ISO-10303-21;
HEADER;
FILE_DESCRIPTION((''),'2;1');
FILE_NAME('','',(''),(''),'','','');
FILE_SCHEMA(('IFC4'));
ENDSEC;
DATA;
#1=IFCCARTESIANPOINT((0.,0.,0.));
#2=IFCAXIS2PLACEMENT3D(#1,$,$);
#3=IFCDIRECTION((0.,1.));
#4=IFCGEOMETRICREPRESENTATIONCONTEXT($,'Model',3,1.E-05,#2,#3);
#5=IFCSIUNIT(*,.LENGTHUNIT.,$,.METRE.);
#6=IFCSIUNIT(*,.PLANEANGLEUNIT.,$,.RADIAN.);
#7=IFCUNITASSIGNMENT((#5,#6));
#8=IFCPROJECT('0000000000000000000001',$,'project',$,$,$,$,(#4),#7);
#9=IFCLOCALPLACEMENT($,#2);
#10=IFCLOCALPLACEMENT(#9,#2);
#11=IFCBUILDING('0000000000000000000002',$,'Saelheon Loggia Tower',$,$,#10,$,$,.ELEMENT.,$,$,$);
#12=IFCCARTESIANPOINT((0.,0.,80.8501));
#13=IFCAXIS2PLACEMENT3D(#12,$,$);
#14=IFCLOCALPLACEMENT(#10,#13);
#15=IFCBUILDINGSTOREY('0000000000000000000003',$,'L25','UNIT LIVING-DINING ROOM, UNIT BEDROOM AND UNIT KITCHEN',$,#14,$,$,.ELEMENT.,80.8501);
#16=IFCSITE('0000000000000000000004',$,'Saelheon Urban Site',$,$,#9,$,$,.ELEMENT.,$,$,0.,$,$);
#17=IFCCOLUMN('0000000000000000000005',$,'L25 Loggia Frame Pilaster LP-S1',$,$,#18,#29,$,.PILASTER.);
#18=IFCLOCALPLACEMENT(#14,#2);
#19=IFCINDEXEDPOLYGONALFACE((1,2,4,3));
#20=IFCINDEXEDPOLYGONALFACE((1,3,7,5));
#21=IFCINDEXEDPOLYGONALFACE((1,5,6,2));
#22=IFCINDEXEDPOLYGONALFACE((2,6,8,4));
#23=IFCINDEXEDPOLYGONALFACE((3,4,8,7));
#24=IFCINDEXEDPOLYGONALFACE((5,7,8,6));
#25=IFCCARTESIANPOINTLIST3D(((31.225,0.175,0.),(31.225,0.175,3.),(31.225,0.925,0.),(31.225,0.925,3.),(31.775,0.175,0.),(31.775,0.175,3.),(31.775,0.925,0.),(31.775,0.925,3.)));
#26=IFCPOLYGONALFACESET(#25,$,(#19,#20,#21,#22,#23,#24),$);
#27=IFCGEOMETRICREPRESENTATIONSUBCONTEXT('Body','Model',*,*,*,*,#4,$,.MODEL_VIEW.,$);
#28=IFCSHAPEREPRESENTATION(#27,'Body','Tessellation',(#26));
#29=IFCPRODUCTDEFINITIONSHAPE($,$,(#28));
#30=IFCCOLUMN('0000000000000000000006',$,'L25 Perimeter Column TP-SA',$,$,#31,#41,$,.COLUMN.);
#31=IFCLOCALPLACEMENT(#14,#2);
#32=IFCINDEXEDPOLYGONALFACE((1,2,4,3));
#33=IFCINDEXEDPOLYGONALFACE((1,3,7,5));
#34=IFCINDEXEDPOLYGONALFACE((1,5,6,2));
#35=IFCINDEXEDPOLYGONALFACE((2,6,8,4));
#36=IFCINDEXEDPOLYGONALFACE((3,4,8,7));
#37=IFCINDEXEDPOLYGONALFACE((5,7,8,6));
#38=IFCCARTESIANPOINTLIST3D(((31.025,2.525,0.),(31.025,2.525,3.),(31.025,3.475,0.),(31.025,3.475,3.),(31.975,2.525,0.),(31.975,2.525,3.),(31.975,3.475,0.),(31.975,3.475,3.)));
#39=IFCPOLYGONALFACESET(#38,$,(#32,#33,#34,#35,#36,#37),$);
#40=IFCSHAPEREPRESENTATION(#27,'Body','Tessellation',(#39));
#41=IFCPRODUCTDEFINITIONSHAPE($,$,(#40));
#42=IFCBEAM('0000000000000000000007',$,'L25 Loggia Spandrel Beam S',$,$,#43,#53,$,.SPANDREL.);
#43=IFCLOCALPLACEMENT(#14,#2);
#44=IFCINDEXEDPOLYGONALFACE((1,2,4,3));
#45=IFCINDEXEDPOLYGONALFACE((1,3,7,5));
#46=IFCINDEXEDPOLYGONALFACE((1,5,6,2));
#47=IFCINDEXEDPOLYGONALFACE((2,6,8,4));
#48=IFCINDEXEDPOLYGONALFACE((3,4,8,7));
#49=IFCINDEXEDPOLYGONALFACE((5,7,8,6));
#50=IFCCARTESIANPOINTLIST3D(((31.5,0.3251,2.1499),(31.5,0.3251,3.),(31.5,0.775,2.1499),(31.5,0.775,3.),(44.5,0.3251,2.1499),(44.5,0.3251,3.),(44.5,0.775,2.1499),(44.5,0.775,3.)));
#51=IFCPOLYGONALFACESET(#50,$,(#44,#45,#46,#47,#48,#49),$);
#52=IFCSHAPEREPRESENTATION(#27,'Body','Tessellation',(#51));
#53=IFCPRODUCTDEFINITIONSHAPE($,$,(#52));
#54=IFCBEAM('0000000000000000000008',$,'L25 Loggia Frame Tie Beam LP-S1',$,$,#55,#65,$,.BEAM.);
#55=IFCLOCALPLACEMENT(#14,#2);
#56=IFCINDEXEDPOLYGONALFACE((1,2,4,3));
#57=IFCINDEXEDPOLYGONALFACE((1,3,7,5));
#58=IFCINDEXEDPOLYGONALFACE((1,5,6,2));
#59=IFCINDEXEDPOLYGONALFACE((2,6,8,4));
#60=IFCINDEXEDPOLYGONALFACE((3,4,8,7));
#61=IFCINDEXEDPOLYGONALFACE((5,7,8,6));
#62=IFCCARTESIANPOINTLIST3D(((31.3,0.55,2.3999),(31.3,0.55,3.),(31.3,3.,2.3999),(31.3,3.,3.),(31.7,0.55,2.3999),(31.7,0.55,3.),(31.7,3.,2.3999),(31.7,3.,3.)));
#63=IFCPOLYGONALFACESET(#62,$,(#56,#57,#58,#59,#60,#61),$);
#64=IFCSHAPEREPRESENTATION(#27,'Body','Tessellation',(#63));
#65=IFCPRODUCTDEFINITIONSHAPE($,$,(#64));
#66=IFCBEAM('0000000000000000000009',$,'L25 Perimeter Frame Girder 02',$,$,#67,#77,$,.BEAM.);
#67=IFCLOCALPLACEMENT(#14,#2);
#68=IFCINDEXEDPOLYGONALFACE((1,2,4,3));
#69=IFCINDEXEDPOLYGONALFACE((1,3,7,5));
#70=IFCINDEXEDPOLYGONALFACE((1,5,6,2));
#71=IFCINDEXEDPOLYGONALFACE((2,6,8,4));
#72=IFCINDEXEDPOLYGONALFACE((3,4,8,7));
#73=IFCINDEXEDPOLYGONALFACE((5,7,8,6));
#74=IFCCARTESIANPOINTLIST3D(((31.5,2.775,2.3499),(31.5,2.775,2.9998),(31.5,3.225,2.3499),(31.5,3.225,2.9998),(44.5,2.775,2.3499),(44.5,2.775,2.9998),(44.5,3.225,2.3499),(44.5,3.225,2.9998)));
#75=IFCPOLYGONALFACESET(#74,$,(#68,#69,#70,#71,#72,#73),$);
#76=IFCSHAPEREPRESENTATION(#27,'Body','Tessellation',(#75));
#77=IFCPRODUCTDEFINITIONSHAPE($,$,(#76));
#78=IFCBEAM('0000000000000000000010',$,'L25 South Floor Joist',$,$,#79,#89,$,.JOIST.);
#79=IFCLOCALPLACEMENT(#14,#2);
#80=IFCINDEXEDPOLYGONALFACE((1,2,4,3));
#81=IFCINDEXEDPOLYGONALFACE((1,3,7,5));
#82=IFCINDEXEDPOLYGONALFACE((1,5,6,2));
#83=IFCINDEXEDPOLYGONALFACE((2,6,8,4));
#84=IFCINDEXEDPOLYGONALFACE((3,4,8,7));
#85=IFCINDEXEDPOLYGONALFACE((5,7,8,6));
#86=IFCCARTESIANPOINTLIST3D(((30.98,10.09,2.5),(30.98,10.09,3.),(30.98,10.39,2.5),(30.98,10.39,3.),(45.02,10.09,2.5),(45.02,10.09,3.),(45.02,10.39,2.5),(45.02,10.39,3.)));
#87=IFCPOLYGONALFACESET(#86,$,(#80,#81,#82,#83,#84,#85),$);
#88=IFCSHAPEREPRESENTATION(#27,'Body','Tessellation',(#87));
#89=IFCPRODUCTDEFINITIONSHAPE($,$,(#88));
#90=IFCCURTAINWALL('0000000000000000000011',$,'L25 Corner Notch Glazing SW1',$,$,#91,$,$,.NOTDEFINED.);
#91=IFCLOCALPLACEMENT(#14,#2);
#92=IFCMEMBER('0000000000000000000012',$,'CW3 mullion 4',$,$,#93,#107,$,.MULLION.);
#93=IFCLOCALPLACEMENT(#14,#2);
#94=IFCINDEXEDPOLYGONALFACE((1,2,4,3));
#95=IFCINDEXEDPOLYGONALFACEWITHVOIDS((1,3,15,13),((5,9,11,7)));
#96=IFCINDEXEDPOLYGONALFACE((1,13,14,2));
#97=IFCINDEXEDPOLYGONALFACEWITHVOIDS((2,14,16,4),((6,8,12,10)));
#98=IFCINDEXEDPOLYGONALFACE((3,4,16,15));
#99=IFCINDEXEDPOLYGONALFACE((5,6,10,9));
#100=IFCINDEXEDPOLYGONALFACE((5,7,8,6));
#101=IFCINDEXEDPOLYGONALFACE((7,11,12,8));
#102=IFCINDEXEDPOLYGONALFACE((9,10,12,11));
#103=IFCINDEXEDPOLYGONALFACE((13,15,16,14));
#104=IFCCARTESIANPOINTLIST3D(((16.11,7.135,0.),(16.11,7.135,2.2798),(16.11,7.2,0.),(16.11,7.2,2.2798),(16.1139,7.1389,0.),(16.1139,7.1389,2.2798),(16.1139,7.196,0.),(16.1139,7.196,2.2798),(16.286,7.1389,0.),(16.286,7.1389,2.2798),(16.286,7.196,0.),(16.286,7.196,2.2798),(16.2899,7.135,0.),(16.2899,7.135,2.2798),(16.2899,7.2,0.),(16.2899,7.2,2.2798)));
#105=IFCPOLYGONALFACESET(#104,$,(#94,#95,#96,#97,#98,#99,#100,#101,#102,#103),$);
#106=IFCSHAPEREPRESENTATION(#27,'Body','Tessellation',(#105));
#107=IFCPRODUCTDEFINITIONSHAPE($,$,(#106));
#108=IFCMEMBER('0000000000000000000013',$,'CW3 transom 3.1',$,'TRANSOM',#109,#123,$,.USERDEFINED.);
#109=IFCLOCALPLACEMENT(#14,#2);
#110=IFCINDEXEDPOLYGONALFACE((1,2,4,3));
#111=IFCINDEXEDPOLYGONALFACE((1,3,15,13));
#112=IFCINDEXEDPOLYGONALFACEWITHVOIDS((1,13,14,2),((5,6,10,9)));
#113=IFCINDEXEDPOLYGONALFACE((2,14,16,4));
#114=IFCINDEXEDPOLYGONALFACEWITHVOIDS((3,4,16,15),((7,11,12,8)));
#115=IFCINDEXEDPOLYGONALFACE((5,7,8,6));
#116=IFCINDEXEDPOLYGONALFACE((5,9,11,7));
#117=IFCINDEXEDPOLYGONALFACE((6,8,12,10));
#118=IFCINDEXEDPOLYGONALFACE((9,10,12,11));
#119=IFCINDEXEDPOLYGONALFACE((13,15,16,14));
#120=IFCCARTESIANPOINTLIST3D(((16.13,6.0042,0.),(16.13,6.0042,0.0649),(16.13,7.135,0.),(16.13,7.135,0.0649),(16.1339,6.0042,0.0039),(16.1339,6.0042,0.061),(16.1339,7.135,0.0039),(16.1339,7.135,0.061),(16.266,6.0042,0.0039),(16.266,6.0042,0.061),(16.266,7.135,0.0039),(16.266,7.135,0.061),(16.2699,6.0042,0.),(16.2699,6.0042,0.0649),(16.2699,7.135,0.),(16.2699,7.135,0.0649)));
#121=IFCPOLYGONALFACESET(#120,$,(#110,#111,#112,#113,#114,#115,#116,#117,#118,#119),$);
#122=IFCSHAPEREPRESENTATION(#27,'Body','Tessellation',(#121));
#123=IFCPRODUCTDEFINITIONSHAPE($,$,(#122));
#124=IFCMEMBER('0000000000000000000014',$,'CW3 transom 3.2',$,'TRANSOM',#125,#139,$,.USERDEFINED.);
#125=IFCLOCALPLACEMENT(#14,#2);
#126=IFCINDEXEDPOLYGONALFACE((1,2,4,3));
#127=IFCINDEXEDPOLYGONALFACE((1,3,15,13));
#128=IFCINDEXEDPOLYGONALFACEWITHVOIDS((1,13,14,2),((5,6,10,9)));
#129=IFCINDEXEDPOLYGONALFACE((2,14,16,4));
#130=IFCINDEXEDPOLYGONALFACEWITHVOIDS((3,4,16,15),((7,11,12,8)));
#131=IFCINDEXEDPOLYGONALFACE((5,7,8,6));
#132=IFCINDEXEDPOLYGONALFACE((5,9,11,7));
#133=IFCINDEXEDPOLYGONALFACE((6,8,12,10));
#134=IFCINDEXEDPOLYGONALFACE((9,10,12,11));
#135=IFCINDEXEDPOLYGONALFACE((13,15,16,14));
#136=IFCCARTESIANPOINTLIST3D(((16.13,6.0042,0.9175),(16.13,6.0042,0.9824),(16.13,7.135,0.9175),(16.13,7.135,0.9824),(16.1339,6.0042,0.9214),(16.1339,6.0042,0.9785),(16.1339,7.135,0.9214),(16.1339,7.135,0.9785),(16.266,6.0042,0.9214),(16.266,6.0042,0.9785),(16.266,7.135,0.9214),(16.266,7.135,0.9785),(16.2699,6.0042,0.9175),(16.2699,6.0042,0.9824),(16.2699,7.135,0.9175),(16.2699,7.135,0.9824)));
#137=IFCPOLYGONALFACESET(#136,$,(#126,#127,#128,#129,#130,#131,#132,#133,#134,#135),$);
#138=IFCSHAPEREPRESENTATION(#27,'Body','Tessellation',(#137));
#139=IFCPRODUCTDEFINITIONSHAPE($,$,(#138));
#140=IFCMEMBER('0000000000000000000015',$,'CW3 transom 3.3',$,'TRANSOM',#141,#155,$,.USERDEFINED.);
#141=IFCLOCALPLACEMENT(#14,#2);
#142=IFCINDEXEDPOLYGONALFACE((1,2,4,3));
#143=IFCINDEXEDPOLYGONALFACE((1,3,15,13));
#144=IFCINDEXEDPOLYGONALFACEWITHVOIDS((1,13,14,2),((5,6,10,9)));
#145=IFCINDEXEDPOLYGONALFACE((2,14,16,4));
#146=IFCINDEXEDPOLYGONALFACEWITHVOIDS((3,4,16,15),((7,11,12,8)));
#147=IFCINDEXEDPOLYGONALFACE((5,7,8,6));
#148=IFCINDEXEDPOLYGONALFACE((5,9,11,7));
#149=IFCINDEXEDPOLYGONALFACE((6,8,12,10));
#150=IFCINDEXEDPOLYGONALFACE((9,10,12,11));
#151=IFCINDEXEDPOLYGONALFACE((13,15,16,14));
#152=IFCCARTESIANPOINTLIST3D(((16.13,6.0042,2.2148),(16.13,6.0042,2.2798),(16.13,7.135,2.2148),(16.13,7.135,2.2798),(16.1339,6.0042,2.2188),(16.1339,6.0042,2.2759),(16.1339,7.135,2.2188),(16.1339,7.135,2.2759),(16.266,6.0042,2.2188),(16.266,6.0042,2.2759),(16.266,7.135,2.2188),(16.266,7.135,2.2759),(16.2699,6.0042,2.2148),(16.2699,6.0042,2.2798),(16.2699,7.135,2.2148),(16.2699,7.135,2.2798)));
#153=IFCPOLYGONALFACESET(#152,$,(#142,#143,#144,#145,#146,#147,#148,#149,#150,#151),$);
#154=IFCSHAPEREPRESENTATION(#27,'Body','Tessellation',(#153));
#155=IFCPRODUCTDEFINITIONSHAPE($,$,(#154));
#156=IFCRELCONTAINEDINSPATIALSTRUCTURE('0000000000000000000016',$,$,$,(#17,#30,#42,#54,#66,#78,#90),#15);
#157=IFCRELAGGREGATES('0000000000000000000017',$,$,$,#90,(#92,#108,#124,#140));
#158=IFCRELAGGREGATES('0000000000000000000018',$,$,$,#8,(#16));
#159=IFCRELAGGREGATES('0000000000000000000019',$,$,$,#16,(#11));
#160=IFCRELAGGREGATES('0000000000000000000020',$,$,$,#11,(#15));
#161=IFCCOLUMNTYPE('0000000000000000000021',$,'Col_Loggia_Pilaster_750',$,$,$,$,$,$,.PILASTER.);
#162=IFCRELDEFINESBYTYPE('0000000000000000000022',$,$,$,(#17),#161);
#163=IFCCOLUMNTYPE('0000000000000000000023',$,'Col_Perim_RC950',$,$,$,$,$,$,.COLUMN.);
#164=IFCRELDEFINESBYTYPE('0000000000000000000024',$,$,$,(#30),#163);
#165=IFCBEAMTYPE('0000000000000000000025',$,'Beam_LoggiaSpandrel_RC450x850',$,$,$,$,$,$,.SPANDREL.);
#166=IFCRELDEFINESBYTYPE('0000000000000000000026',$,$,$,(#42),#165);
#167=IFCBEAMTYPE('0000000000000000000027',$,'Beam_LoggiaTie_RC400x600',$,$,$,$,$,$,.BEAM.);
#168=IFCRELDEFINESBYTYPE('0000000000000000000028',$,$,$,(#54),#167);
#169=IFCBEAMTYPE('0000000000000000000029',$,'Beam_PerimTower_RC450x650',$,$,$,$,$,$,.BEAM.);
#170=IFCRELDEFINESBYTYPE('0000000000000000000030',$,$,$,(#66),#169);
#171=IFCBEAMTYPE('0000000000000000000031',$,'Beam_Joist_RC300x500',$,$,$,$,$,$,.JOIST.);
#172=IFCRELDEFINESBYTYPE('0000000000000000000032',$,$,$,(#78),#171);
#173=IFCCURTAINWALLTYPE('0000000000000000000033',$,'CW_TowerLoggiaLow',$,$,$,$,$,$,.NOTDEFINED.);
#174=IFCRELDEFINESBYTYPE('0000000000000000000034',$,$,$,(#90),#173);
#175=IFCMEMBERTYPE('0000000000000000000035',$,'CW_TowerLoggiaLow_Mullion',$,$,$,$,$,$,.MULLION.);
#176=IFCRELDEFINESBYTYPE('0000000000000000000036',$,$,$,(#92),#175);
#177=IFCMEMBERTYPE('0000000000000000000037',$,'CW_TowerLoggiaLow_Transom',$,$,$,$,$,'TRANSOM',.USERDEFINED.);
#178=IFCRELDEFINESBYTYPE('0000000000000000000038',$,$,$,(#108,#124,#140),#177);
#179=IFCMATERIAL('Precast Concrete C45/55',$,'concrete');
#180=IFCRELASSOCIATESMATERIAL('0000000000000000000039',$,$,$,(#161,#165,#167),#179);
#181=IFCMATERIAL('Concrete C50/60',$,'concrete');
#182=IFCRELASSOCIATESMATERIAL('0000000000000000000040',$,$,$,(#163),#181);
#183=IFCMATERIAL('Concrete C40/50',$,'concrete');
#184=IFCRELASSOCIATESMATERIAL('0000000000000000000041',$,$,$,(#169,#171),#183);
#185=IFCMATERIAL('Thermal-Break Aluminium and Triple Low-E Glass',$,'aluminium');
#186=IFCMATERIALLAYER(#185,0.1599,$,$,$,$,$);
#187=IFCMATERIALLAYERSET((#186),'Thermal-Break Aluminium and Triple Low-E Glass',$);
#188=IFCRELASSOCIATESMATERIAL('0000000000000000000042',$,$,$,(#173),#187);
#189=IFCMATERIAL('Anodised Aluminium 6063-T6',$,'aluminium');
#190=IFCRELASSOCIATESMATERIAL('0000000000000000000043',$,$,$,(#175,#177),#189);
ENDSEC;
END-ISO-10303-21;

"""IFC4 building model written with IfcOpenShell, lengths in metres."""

from ifc_helpers import new_model, si_unit, direction, frame, origin, origin_2d, place, context, subcontext, project, spatial, rectangle, hollow_rectangle, extrude, source, transform, mapped, material, layer, layer_set, material_profile, profile_set, type_object, element, aggregate, save


model = new_model("IFC4")

# Units and contexts
model_context = context("Model", 3, precision=1e-05, world=origin(), true_north=direction((0.0, 1.0)))
body_context = subcontext(model_context, "Body", "Model", "MODEL_VIEW")
ifc_project = project(units=[si_unit("LENGTHUNIT", "METRE"), si_unit("PLANEANGLEUNIT", "RADIAN")], contexts=[model_context])

# Site, building, storey
site_placement = place(None, origin())
site = spatial("IfcSite", under=ifc_project, at=site_placement, Name="Saelheon Urban Site", CompositionType="ELEMENT", RefElevation=0.0)
building_placement = place(site_placement, origin())
building = spatial("IfcBuilding", under=site, at=building_placement, Name="Saelheon Loggia Tower", CompositionType="ELEMENT")
storey_placement = place(building_placement, frame((0.0, 0.0, 80.8501)))
storey = spatial("IfcBuildingStorey", under=building, at=storey_placement, Name="L25", Description="UNIT LIVING-DINING ROOM, UNIT BEDROOM AND UNIT KITCHEN", CompositionType="ELEMENT", Elevation=80.8501)

# Columns
ifc_material_1 = material(Name="Precast Concrete C45/55", Category="concrete")
ifc_material_profile_1 = material_profile(ifc_material_1, rectangle(XDim=0.55, YDim=0.75, at=origin_2d()), Name="RC-550x750")
ifc_profile_set_1 = profile_set([ifc_material_profile_1], Name="Precast Concrete C45/55")
column_type_1 = type_object("IfcColumnType", Name="Col_Loggia_Pilaster_750", PredefinedType="PILASTER", material=ifc_profile_set_1)
shared_shape_1 = source(origin(), body_context, "Body", "SweptSolid", [
    extrude(rectangle(XDim=0.55, YDim=0.75, at=origin_2d()), origin(), (0.0, 0.0, 1.0), 3.0),
])
column_1_placement = place(storey_placement, frame((31.5, 0.55, 0.0), z_axis=(0.0, 0.0, 1.0), x_axis=(1.0, 0.0, 0.0)))
element("IfcColumn", 1, at=column_1_placement, inside=storey, type_object=column_type_1, Name="L25 Loggia Frame Pilaster LP-S1", PredefinedType="PILASTER", context=body_context, shape_type="MappedRepresentation", body=[
    mapped(shared_shape_1, transform((0.0, 0.0, 0.0), scale=1.0)),
])
ifc_material_2 = material(Name="Concrete C50/60", Category="concrete")
ifc_material_profile_2 = material_profile(ifc_material_2, rectangle(XDim=0.95, YDim=0.95, at=origin_2d()), Name="RC-950x950")
ifc_profile_set_2 = profile_set([ifc_material_profile_2], Name="Concrete C50/60")
column_type_2 = type_object("IfcColumnType", Name="Col_Perim_RC950", PredefinedType="COLUMN", material=ifc_profile_set_2)
shared_shape_2 = source(origin(), body_context, "Body", "SweptSolid", [
    extrude(rectangle(XDim=0.95, YDim=0.95, at=origin_2d()), origin(), (0.0, 0.0, 1.0), 3.0),
])
column_2_placement = place(storey_placement, frame((31.5, 3.0, 0.0), z_axis=(0.0, 0.0, 1.0), x_axis=(1.0, 0.0, 0.0)))
element("IfcColumn", 2, at=column_2_placement, inside=storey, type_object=column_type_2, Name="L25 Perimeter Column TP-SA", PredefinedType="COLUMN", context=body_context, shape_type="MappedRepresentation", body=[
    mapped(shared_shape_2, transform((0.0, 0.0, 0.0), scale=1.0)),
])

# Beams
ifc_material_profile_3 = material_profile(ifc_material_1, rectangle(XDim=0.45, YDim=0.8501, at=origin_2d()), Name="RC-450x850")
ifc_profile_set_3 = profile_set([ifc_material_profile_3], Name="Precast Concrete C45/55")
beam_type_1 = type_object("IfcBeamType", Name="Beam_LoggiaSpandrel_RC450x850", PredefinedType="SPANDREL", material=ifc_profile_set_3)
shared_shape_3 = source(origin(), body_context, "Body", "SweptSolid", [
    extrude(rectangle(XDim=0.45, YDim=0.8501, at=origin_2d()), origin(), (0.0, 0.0, 1.0), 13.0),
])
beam_1_placement = place(storey_placement, frame((31.5, 0.55, 2.575), z_axis=(1.0, 0.0, 0.0), x_axis=(0.0, 1.0, 0.0)))
element("IfcBeam", 3, at=beam_1_placement, inside=storey, type_object=beam_type_1, Name="L25 Loggia Spandrel Beam S", PredefinedType="SPANDREL", context=body_context, shape_type="MappedRepresentation", body=[
    mapped(shared_shape_3, transform((0.0, 0.0, 0.0), scale=1.0)),
])
ifc_material_profile_4 = material_profile(ifc_material_1, rectangle(XDim=0.3999, YDim=0.6001, at=origin_2d()), Name="RC-400x600")
ifc_profile_set_4 = profile_set([ifc_material_profile_4], Name="Precast Concrete C45/55")
beam_type_2 = type_object("IfcBeamType", Name="Beam_LoggiaTie_RC400x600", PredefinedType="BEAM", material=ifc_profile_set_4)
shared_shape_4 = source(origin(), body_context, "Body", "SweptSolid", [
    extrude(rectangle(XDim=0.3999, YDim=0.6001, at=origin_2d()), origin(), (0.0, 0.0, 1.0), 2.45),
])
beam_2_placement = place(storey_placement, frame((31.5, 3.0, 2.7), z_axis=(0.0, -1.0, 0.0), x_axis=(1.0, 0.0, 0.0)))
element("IfcBeam", 4, at=beam_2_placement, inside=storey, type_object=beam_type_2, Name="L25 Loggia Frame Tie Beam LP-S1", PredefinedType="BEAM", context=body_context, shape_type="MappedRepresentation", body=[
    mapped(shared_shape_4, transform((0.0, 0.0, 0.0), scale=1.0)),
])
ifc_material_3 = material(Name="Concrete C40/50", Category="concrete")
ifc_material_profile_5 = material_profile(ifc_material_3, rectangle(XDim=0.45, YDim=0.6499, at=origin_2d()), Name="RC-450x650")
ifc_profile_set_5 = profile_set([ifc_material_profile_5], Name="Concrete C40/50")
beam_type_3 = type_object("IfcBeamType", Name="Beam_PerimTower_RC450x650", PredefinedType="BEAM", material=ifc_profile_set_5)
shared_shape_5 = source(origin(), body_context, "Body", "SweptSolid", [
    extrude(rectangle(XDim=0.45, YDim=0.6499, at=origin_2d()), origin(), (0.0, 0.0, 1.0), 13.0),
])
beam_3_placement = place(storey_placement, frame((31.5, 3.0, 2.6748), z_axis=(1.0, 0.0, 0.0), x_axis=(0.0, 1.0, 0.0)))
element("IfcBeam", 5, at=beam_3_placement, inside=storey, type_object=beam_type_3, Name="L25 Perimeter Frame Girder 02", PredefinedType="BEAM", context=body_context, shape_type="MappedRepresentation", body=[
    mapped(shared_shape_5, transform((0.0, 0.0, 0.0), scale=1.0)),
])
ifc_material_profile_6 = material_profile(ifc_material_3, rectangle(XDim=0.3, YDim=0.5, at=origin_2d()), Name="RC-300x500")
ifc_profile_set_6 = profile_set([ifc_material_profile_6], Name="Concrete C40/50")
beam_type_4 = type_object("IfcBeamType", Name="Beam_Joist_RC300x500", PredefinedType="JOIST", material=ifc_profile_set_6)
shared_shape_6 = source(origin(), body_context, "Body", "SweptSolid", [
    extrude(rectangle(XDim=0.3, YDim=0.5, at=origin_2d()), origin(), (0.0, 0.0, 1.0), 14.04),
])
beam_4_placement = place(storey_placement, frame((30.98, 10.24, 2.75), z_axis=(1.0, 0.0, 0.0), x_axis=(0.0, 1.0, 0.0)))
element("IfcBeam", 6, at=beam_4_placement, inside=storey, type_object=beam_type_4, Name="L25 South Floor Joist", PredefinedType="JOIST", context=body_context, shape_type="MappedRepresentation", body=[
    mapped(shared_shape_6, transform((0.0, 0.0, 0.0), scale=1.0)),
])

# Curtain wall, members
ifc_material_4 = material(Name="Thermal-Break Aluminium and Triple Low-E Glass", Category="aluminium")
ifc_layer_1 = layer(ifc_material_4, 0.1599)
ifc_layer_set_1 = layer_set([ifc_layer_1], Name="Thermal-Break Aluminium and Triple Low-E Glass")
curtain_wall_type = type_object("IfcCurtainWallType", Name="CW_TowerLoggiaLow", PredefinedType="NOTDEFINED", material=ifc_layer_set_1)
curtain_wall_placement = place(storey_placement, origin())
curtain_wall = element("IfcCurtainWall", 7, at=curtain_wall_placement, inside=storey, type_object=curtain_wall_type, Name="L25 Corner Notch Glazing SW1", PredefinedType="NOTDEFINED")
ifc_material_5 = material(Name="Anodised Aluminium 6063-T6", Category="aluminium")
ifc_material_profile_7 = material_profile(ifc_material_5, hollow_rectangle(XDim=0.0649, YDim=0.1799, WallThickness=0.0039, at=origin_2d()), Name="RHS-180x65x4")
ifc_profile_set_7 = profile_set([ifc_material_profile_7], Name="Anodised Aluminium 6063-T6")
member_type_1 = type_object("IfcMemberType", Name="CW_TowerLoggiaLow_Mullion", PredefinedType="MULLION", material=ifc_profile_set_7)
shared_shape_7 = source(origin(), body_context, "Body", "SweptSolid", [
    extrude(hollow_rectangle(XDim=0.0649, YDim=0.1799, WallThickness=0.0039, at=origin_2d()), origin(), (0.0, 0.0, 1.0), 2.2798),
])
member_1_placement = place(storey_placement, frame((16.2, 7.1675, 0.0), z_axis=(0.0, 0.0, 1.0), x_axis=(0.0, 1.0, 0.0)))
member_1 = element("IfcMember", 8, at=member_1_placement, type_object=member_type_1, Name="CW3 mullion 4", PredefinedType="MULLION", context=body_context, shape_type="MappedRepresentation", body=[
    mapped(shared_shape_7, transform((0.0, 0.0, 0.0), scale=1.0)),
])
ifc_material_profile_8 = material_profile(ifc_material_5, hollow_rectangle(XDim=0.0649, YDim=0.1399, WallThickness=0.0039, at=origin_2d()), Name="RHS-140x65x4")
ifc_profile_set_8 = profile_set([ifc_material_profile_8], Name="Anodised Aluminium 6063-T6")
member_type_2 = type_object("IfcMemberType", Name="CW_TowerLoggiaLow_Transom", ElementType="TRANSOM", PredefinedType="USERDEFINED", material=ifc_profile_set_8)
shared_shape_8 = source(origin(), body_context, "Body", "SweptSolid", [
    extrude(hollow_rectangle(XDim=0.0649, YDim=0.1399, WallThickness=0.0039, at=origin_2d()), origin(), (0.0, 0.0, 1.0), 1.1309),
])
member_2_placement = place(storey_placement, frame((16.2, 6.0042, 0.0325), z_axis=(0.0, 1.0, 0.0), x_axis=(0.0, 0.0, 1.0)))
member_2 = element("IfcMember", 9, at=member_2_placement, type_object=member_type_2, Name="CW3 transom 3.1", ObjectType="TRANSOM", PredefinedType="USERDEFINED", context=body_context, shape_type="MappedRepresentation", body=[
    mapped(shared_shape_8, transform((0.0, 0.0, 0.0), scale=1.0)),
])
member_3_placement = place(storey_placement, frame((16.2, 6.0042, 0.95), z_axis=(0.0, 1.0, 0.0), x_axis=(0.0, 0.0, 1.0)))
member_3 = element("IfcMember", 10, at=member_3_placement, type_object=member_type_2, Name="CW3 transom 3.2", ObjectType="TRANSOM", PredefinedType="USERDEFINED", context=body_context, shape_type="MappedRepresentation", body=[
    mapped(shared_shape_8, transform((0.0, 0.0, 0.0), scale=1.0)),
])
member_4_placement = place(storey_placement, frame((16.2, 6.0042, 2.2473), z_axis=(0.0, 1.0, 0.0), x_axis=(0.0, 0.0, 1.0)))
member_4 = element("IfcMember", 11, at=member_4_placement, type_object=member_type_2, Name="CW3 transom 3.3", ObjectType="TRANSOM", PredefinedType="USERDEFINED", context=body_context, shape_type="MappedRepresentation", body=[
    mapped(shared_shape_8, transform((0.0, 0.0, 0.0), scale=1.0)),
])
aggregate(curtain_wall, [member_1, member_2, member_3, member_4])

save(model, "model.ifc")
